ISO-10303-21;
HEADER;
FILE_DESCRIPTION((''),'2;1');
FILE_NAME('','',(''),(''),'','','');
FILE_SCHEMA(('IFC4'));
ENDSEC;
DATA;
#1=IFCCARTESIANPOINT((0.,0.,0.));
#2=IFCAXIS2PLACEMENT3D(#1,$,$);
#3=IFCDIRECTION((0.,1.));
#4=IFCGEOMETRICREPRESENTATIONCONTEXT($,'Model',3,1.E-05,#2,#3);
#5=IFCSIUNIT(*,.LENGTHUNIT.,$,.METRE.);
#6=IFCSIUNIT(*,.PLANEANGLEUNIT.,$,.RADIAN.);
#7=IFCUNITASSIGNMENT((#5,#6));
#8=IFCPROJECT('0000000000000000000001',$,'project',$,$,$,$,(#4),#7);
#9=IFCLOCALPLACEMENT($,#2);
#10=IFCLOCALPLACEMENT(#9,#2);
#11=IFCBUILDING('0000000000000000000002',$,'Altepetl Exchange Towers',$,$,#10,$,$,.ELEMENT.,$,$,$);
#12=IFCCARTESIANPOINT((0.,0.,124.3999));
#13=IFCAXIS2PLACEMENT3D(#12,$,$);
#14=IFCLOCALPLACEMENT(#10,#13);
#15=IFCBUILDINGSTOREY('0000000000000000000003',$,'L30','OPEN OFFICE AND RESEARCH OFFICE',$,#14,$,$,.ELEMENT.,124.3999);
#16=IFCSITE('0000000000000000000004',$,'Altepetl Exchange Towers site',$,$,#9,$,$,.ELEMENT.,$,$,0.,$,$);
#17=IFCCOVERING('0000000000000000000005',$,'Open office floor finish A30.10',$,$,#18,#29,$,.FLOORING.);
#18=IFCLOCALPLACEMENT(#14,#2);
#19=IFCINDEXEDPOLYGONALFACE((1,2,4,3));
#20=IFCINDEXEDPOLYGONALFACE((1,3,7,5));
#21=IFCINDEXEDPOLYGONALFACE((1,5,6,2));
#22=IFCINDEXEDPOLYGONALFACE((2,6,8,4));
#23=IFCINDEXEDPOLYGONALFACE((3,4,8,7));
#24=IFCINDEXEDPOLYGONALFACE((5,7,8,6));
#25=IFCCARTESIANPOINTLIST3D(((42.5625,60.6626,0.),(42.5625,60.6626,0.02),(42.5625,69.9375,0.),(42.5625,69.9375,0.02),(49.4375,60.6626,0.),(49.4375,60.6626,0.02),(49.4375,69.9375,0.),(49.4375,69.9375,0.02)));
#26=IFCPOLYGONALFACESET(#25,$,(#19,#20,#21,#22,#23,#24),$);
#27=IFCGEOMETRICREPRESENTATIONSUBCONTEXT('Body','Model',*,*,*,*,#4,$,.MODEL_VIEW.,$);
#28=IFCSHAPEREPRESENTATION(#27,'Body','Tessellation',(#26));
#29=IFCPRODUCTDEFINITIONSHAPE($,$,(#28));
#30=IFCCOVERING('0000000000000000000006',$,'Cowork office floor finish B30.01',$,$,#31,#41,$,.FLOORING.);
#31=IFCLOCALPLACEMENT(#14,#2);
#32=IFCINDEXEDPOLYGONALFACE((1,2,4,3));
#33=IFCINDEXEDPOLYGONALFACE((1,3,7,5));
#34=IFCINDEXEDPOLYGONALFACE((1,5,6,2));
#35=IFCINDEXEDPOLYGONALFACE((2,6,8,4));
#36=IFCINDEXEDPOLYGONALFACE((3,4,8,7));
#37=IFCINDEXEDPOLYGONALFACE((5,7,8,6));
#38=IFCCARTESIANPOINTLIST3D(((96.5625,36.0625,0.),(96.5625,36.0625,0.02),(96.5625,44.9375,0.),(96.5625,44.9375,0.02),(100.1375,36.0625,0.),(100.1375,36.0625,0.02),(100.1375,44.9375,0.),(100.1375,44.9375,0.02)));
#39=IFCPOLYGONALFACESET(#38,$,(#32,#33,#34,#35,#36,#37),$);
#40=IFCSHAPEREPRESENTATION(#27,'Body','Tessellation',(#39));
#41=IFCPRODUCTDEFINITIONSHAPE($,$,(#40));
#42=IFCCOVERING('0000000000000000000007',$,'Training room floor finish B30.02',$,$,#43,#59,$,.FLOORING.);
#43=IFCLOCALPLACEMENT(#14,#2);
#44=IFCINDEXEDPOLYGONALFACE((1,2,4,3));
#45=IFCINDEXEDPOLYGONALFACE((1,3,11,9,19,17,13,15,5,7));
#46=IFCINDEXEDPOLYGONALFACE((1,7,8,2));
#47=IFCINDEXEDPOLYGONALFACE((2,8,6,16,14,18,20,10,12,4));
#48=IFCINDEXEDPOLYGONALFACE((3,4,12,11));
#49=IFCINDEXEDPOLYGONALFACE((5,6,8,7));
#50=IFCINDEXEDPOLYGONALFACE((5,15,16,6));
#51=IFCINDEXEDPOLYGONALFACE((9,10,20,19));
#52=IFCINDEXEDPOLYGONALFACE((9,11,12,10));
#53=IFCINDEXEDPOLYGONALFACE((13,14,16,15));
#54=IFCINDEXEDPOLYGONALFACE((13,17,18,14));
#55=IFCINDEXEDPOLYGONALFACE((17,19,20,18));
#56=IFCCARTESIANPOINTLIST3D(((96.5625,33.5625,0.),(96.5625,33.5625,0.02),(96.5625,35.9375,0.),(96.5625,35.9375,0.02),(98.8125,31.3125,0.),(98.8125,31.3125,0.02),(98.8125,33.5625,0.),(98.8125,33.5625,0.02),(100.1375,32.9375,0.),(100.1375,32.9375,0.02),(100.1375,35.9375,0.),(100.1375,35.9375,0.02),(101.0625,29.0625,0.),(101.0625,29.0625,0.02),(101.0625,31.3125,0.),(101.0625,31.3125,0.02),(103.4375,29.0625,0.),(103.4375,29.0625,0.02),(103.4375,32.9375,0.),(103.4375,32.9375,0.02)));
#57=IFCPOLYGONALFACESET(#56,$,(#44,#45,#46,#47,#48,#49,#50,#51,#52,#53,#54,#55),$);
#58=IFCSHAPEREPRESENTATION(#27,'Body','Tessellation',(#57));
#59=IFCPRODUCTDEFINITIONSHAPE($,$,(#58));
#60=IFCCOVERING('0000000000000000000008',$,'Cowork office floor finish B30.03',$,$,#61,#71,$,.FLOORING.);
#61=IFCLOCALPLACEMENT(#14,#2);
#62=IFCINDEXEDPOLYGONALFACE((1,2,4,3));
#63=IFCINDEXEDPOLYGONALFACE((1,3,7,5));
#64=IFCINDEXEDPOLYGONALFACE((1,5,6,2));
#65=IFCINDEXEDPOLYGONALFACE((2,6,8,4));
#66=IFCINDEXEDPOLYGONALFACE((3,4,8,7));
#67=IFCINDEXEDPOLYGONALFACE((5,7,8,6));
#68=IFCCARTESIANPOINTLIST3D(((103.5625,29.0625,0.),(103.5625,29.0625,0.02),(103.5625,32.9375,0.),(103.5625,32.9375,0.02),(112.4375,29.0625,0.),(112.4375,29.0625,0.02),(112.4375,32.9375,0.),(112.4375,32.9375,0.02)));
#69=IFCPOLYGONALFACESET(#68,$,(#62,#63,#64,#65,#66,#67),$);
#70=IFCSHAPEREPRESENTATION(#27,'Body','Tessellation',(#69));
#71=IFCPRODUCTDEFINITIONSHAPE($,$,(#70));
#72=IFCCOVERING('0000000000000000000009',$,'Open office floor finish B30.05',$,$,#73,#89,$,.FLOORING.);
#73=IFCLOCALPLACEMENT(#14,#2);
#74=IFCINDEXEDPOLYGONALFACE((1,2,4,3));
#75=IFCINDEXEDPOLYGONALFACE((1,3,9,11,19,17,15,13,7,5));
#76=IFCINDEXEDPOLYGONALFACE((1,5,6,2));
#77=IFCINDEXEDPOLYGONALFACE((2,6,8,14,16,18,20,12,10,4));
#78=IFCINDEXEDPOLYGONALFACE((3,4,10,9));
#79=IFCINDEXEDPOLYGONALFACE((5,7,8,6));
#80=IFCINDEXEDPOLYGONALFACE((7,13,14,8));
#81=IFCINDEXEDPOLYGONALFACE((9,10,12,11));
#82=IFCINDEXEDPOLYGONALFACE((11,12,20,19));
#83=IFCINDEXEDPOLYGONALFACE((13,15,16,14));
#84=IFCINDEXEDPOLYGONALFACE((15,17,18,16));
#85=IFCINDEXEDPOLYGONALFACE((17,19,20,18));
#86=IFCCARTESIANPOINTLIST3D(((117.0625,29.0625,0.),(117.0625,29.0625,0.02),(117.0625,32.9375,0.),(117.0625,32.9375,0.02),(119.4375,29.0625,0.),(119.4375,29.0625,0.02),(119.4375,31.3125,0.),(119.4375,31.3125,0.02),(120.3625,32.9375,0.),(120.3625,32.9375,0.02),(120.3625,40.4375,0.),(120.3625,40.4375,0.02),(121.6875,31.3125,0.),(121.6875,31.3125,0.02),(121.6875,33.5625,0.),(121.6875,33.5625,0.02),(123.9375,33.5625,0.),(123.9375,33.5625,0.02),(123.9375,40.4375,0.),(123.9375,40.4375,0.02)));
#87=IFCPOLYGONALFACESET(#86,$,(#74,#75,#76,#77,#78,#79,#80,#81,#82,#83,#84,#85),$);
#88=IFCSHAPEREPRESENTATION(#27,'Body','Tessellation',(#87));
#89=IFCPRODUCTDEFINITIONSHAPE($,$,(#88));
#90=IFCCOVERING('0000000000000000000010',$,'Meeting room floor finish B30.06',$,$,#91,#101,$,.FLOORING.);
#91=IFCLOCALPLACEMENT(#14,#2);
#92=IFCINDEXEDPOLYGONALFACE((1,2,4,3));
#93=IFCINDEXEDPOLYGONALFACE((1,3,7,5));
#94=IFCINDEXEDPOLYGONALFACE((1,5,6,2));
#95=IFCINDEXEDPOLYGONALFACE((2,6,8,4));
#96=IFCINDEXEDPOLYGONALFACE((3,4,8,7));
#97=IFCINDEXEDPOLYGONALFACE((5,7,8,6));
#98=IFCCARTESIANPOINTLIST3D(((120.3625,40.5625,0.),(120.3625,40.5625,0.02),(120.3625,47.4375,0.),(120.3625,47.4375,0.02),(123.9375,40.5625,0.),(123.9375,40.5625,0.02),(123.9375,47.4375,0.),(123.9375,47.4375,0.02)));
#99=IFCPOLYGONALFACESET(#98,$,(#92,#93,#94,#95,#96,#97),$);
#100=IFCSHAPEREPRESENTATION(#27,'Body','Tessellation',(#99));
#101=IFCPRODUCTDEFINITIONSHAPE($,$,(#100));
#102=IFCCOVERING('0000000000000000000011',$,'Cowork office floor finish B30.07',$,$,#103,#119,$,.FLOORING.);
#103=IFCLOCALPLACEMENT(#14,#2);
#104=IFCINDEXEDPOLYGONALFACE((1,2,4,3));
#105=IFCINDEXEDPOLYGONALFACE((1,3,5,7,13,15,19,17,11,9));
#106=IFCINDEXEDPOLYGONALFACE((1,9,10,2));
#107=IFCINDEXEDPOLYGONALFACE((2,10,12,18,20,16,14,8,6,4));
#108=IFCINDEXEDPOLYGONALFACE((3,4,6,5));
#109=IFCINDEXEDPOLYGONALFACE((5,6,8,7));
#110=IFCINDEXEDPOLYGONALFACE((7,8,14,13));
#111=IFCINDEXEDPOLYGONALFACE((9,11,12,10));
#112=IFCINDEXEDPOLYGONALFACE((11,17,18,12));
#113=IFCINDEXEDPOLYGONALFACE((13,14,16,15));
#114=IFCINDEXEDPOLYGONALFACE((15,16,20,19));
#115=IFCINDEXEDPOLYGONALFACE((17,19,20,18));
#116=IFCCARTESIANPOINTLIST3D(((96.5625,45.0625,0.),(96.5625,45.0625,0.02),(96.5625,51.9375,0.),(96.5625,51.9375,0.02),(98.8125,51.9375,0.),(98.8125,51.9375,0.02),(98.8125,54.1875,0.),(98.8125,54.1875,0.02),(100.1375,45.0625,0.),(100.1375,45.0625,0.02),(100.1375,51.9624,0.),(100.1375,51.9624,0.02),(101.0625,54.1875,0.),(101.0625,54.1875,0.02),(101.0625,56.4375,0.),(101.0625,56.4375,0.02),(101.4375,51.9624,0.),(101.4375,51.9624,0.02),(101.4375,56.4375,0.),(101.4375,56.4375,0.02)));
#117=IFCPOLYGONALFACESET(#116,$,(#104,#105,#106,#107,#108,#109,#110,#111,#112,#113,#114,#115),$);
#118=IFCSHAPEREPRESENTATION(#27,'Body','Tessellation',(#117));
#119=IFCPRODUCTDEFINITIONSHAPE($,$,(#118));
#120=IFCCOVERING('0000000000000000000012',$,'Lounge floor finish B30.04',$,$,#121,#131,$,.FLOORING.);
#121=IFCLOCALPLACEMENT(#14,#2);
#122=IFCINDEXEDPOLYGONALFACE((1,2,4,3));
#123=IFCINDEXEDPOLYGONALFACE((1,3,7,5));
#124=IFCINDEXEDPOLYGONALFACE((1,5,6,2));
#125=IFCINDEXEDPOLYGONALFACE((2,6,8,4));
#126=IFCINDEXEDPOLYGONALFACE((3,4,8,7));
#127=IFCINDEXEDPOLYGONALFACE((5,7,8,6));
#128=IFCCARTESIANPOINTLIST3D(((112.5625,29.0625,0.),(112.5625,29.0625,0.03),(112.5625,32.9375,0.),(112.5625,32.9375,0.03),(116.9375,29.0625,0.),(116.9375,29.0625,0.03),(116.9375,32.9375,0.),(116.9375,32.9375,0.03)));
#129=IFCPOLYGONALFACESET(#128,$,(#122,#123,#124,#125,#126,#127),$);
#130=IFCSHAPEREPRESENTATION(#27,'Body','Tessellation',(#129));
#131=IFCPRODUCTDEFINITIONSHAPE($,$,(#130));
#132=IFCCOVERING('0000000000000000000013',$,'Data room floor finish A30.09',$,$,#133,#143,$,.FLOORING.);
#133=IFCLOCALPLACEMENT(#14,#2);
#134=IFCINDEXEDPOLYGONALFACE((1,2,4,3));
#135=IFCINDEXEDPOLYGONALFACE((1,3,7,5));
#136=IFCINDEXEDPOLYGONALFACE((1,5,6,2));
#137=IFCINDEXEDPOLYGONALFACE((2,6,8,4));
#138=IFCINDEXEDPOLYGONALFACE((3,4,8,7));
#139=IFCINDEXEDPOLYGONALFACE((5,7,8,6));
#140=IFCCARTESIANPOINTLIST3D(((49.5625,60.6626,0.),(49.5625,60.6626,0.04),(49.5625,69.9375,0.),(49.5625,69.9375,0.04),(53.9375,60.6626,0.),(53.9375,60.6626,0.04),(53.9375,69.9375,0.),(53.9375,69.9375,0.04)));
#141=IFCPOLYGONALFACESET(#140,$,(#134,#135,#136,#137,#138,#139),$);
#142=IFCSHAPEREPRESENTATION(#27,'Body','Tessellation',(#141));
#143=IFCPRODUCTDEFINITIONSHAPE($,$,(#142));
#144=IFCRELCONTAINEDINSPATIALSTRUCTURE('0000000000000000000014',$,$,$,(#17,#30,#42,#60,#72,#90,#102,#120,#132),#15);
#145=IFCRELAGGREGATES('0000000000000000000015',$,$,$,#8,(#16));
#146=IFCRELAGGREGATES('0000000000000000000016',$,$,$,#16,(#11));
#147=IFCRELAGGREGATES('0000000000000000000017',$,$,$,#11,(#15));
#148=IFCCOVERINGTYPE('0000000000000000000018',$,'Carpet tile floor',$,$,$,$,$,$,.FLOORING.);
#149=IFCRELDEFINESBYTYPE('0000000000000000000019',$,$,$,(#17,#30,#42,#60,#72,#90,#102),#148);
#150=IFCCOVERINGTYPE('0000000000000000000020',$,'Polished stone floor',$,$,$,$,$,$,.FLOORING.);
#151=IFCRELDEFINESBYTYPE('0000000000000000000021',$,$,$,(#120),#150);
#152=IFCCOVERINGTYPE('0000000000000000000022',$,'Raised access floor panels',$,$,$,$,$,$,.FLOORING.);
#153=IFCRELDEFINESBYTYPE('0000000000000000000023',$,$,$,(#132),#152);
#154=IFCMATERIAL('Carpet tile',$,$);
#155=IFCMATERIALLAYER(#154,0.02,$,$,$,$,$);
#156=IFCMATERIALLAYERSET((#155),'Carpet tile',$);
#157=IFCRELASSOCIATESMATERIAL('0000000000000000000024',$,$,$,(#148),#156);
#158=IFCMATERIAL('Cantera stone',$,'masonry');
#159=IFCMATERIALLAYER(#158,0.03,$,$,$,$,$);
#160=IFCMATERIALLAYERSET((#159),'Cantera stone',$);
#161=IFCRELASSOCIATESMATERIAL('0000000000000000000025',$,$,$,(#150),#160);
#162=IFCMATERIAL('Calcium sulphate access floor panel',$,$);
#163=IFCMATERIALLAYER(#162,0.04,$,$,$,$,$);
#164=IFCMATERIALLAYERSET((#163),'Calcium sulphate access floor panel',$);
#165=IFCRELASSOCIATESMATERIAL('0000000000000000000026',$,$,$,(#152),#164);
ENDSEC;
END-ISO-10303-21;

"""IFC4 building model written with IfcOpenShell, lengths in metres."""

from ifc_helpers import new_model, si_unit, direction, frame, origin, place, context, subcontext, project, spatial, polyline, outline, extrude, material, layer, layer_set, type_object, element, save


model = new_model("IFC4")

# Units and contexts
model_context = context("Model", 3, precision=1e-05, world=origin(), true_north=direction((0.0, 1.0)))
body_context = subcontext(model_context, "Body", "Model", "MODEL_VIEW")
ifc_project = project(units=[si_unit("LENGTHUNIT", "METRE"), si_unit("PLANEANGLEUNIT", "RADIAN")], contexts=[model_context])

# Site, building, storey
site_placement = place(None, origin())
site = spatial("IfcSite", under=ifc_project, at=site_placement, Name="Altepetl Exchange Towers site", CompositionType="ELEMENT", RefElevation=0.0)
building_placement = place(site_placement, origin())
building = spatial("IfcBuilding", under=site, at=building_placement, Name="Altepetl Exchange Towers", CompositionType="ELEMENT")
storey_placement = place(building_placement, frame((0.0, 0.0, 124.3999)))
storey = spatial("IfcBuildingStorey", under=building, at=storey_placement, Name="L30", Description="OPEN OFFICE AND RESEARCH OFFICE", CompositionType="ELEMENT", Elevation=124.3999)

# Coverings
ifc_material_1 = material(Name="Carpet tile")
ifc_layer_1 = layer(ifc_material_1, 0.02)
ifc_layer_set_1 = layer_set([ifc_layer_1], Name="Carpet tile")
covering_type_1 = type_object("IfcCoveringType", Name="Carpet tile floor", PredefinedType="FLOORING", material=ifc_layer_set_1)
covering_1_placement = place(storey_placement, origin())
element("IfcCovering", 1, at=covering_1_placement, inside=storey, type_object=covering_type_1, Name="Open office floor finish A30.10", PredefinedType="FLOORING", context=body_context, shape_type="SweptSolid", body=[
    extrude(outline(polyline([(49.4375, 60.6626), (49.4375, 69.9375), (42.5625, 69.9375), (42.5625, 60.6626), (49.4375, 60.6626)])), origin(), (0.0, 0.0, 1.0), 0.02),
])
covering_2_placement = place(storey_placement, origin())
element("IfcCovering", 2, at=covering_2_placement, inside=storey, type_object=covering_type_1, Name="Cowork office floor finish B30.01", PredefinedType="FLOORING", context=body_context, shape_type="SweptSolid", body=[
    extrude(outline(polyline([(100.1375, 44.9375), (96.5625, 44.9375), (96.5625, 36.0625), (100.1375, 36.0625), (100.1375, 44.9375)])), origin(), (0.0, 0.0, 1.0), 0.02),
])
covering_3_placement = place(storey_placement, origin())
element("IfcCovering", 3, at=covering_3_placement, inside=storey, type_object=covering_type_1, Name="Training room floor finish B30.02", PredefinedType="FLOORING", context=body_context, shape_type="SweptSolid", body=[
    extrude(outline(polyline([(100.1375, 35.9375), (96.5625, 35.9375), (96.5625, 33.5625), (98.8125, 33.5625), (98.8125, 31.3125), (101.0625, 31.3125), (101.0625, 29.0625), (103.4375, 29.0625), (103.4375, 32.9375), (100.1375, 32.9375), (100.1375, 35.9375)])), origin(), (0.0, 0.0, 1.0), 0.02),
])
covering_4_placement = place(storey_placement, origin())
element("IfcCovering", 4, at=covering_4_placement, inside=storey, type_object=covering_type_1, Name="Cowork office floor finish B30.03", PredefinedType="FLOORING", context=body_context, shape_type="SweptSolid", body=[
    extrude(outline(polyline([(103.5625, 32.9375), (103.5625, 29.0625), (112.4375, 29.0625), (112.4375, 32.9375), (103.5625, 32.9375)])), origin(), (0.0, 0.0, 1.0), 0.02),
])
covering_5_placement = place(storey_placement, origin())
element("IfcCovering", 5, at=covering_5_placement, inside=storey, type_object=covering_type_1, Name="Open office floor finish B30.05", PredefinedType="FLOORING", context=body_context, shape_type="SweptSolid", body=[
    extrude(outline(polyline([(117.0625, 32.9375), (117.0625, 29.0625), (119.4375, 29.0625), (119.4375, 31.3125), (121.6875, 31.3125), (121.6875, 33.5625), (123.9375, 33.5625), (123.9375, 40.4375), (120.3625, 40.4375), (120.3625, 32.9375), (117.0625, 32.9375)])), origin(), (0.0, 0.0, 1.0), 0.02),
])
covering_6_placement = place(storey_placement, origin())
element("IfcCovering", 6, at=covering_6_placement, inside=storey, type_object=covering_type_1, Name="Meeting room floor finish B30.06", PredefinedType="FLOORING", context=body_context, shape_type="SweptSolid", body=[
    extrude(outline(polyline([(120.3625, 47.4375), (120.3625, 40.5625), (123.9375, 40.5625), (123.9375, 47.4375), (120.3625, 47.4375)])), origin(), (0.0, 0.0, 1.0), 0.02),
])
covering_7_placement = place(storey_placement, origin())
element("IfcCovering", 7, at=covering_7_placement, inside=storey, type_object=covering_type_1, Name="Cowork office floor finish B30.07", PredefinedType="FLOORING", context=body_context, shape_type="SweptSolid", body=[
    extrude(outline(polyline([(101.0625, 54.1875), (98.8125, 54.1875), (98.8125, 51.9375), (96.5625, 51.9375), (96.5625, 45.0625), (100.1375, 45.0625), (100.1375, 51.9624), (101.4375, 51.9624), (101.4375, 56.4375), (101.0625, 56.4375), (101.0625, 54.1875)])), origin(), (0.0, 0.0, 1.0), 0.02),
])
ifc_material_2 = material(Name="Cantera stone", Category="masonry")
ifc_layer_2 = layer(ifc_material_2, 0.03)
ifc_layer_set_2 = layer_set([ifc_layer_2], Name="Cantera stone")
covering_type_2 = type_object("IfcCoveringType", Name="Polished stone floor", PredefinedType="FLOORING", material=ifc_layer_set_2)
covering_8_placement = place(storey_placement, origin())
element("IfcCovering", 8, at=covering_8_placement, inside=storey, type_object=covering_type_2, Name="Lounge floor finish B30.04", PredefinedType="FLOORING", context=body_context, shape_type="SweptSolid", body=[
    extrude(outline(polyline([(112.5625, 32.9375), (112.5625, 29.0625), (116.9375, 29.0625), (116.9375, 32.9375), (112.5625, 32.9375)])), origin(), (0.0, 0.0, 1.0), 0.03),
])
ifc_material_3 = material(Name="Calcium sulphate access floor panel")
ifc_layer_3 = layer(ifc_material_3, 0.04)
ifc_layer_set_3 = layer_set([ifc_layer_3], Name="Calcium sulphate access floor panel")
covering_type_3 = type_object("IfcCoveringType", Name="Raised access floor panels", PredefinedType="FLOORING", material=ifc_layer_set_3)
covering_9_placement = place(storey_placement, origin())
element("IfcCovering", 9, at=covering_9_placement, inside=storey, type_object=covering_type_3, Name="Data room floor finish A30.09", PredefinedType="FLOORING", context=body_context, shape_type="SweptSolid", body=[
    extrude(outline(polyline([(53.9375, 60.6626), (53.9375, 69.9375), (49.5625, 69.9375), (49.5625, 60.6626), (53.9375, 60.6626)])), origin(), (0.0, 0.0, 1.0), 0.04),
])

save(model, "model.ifc")
